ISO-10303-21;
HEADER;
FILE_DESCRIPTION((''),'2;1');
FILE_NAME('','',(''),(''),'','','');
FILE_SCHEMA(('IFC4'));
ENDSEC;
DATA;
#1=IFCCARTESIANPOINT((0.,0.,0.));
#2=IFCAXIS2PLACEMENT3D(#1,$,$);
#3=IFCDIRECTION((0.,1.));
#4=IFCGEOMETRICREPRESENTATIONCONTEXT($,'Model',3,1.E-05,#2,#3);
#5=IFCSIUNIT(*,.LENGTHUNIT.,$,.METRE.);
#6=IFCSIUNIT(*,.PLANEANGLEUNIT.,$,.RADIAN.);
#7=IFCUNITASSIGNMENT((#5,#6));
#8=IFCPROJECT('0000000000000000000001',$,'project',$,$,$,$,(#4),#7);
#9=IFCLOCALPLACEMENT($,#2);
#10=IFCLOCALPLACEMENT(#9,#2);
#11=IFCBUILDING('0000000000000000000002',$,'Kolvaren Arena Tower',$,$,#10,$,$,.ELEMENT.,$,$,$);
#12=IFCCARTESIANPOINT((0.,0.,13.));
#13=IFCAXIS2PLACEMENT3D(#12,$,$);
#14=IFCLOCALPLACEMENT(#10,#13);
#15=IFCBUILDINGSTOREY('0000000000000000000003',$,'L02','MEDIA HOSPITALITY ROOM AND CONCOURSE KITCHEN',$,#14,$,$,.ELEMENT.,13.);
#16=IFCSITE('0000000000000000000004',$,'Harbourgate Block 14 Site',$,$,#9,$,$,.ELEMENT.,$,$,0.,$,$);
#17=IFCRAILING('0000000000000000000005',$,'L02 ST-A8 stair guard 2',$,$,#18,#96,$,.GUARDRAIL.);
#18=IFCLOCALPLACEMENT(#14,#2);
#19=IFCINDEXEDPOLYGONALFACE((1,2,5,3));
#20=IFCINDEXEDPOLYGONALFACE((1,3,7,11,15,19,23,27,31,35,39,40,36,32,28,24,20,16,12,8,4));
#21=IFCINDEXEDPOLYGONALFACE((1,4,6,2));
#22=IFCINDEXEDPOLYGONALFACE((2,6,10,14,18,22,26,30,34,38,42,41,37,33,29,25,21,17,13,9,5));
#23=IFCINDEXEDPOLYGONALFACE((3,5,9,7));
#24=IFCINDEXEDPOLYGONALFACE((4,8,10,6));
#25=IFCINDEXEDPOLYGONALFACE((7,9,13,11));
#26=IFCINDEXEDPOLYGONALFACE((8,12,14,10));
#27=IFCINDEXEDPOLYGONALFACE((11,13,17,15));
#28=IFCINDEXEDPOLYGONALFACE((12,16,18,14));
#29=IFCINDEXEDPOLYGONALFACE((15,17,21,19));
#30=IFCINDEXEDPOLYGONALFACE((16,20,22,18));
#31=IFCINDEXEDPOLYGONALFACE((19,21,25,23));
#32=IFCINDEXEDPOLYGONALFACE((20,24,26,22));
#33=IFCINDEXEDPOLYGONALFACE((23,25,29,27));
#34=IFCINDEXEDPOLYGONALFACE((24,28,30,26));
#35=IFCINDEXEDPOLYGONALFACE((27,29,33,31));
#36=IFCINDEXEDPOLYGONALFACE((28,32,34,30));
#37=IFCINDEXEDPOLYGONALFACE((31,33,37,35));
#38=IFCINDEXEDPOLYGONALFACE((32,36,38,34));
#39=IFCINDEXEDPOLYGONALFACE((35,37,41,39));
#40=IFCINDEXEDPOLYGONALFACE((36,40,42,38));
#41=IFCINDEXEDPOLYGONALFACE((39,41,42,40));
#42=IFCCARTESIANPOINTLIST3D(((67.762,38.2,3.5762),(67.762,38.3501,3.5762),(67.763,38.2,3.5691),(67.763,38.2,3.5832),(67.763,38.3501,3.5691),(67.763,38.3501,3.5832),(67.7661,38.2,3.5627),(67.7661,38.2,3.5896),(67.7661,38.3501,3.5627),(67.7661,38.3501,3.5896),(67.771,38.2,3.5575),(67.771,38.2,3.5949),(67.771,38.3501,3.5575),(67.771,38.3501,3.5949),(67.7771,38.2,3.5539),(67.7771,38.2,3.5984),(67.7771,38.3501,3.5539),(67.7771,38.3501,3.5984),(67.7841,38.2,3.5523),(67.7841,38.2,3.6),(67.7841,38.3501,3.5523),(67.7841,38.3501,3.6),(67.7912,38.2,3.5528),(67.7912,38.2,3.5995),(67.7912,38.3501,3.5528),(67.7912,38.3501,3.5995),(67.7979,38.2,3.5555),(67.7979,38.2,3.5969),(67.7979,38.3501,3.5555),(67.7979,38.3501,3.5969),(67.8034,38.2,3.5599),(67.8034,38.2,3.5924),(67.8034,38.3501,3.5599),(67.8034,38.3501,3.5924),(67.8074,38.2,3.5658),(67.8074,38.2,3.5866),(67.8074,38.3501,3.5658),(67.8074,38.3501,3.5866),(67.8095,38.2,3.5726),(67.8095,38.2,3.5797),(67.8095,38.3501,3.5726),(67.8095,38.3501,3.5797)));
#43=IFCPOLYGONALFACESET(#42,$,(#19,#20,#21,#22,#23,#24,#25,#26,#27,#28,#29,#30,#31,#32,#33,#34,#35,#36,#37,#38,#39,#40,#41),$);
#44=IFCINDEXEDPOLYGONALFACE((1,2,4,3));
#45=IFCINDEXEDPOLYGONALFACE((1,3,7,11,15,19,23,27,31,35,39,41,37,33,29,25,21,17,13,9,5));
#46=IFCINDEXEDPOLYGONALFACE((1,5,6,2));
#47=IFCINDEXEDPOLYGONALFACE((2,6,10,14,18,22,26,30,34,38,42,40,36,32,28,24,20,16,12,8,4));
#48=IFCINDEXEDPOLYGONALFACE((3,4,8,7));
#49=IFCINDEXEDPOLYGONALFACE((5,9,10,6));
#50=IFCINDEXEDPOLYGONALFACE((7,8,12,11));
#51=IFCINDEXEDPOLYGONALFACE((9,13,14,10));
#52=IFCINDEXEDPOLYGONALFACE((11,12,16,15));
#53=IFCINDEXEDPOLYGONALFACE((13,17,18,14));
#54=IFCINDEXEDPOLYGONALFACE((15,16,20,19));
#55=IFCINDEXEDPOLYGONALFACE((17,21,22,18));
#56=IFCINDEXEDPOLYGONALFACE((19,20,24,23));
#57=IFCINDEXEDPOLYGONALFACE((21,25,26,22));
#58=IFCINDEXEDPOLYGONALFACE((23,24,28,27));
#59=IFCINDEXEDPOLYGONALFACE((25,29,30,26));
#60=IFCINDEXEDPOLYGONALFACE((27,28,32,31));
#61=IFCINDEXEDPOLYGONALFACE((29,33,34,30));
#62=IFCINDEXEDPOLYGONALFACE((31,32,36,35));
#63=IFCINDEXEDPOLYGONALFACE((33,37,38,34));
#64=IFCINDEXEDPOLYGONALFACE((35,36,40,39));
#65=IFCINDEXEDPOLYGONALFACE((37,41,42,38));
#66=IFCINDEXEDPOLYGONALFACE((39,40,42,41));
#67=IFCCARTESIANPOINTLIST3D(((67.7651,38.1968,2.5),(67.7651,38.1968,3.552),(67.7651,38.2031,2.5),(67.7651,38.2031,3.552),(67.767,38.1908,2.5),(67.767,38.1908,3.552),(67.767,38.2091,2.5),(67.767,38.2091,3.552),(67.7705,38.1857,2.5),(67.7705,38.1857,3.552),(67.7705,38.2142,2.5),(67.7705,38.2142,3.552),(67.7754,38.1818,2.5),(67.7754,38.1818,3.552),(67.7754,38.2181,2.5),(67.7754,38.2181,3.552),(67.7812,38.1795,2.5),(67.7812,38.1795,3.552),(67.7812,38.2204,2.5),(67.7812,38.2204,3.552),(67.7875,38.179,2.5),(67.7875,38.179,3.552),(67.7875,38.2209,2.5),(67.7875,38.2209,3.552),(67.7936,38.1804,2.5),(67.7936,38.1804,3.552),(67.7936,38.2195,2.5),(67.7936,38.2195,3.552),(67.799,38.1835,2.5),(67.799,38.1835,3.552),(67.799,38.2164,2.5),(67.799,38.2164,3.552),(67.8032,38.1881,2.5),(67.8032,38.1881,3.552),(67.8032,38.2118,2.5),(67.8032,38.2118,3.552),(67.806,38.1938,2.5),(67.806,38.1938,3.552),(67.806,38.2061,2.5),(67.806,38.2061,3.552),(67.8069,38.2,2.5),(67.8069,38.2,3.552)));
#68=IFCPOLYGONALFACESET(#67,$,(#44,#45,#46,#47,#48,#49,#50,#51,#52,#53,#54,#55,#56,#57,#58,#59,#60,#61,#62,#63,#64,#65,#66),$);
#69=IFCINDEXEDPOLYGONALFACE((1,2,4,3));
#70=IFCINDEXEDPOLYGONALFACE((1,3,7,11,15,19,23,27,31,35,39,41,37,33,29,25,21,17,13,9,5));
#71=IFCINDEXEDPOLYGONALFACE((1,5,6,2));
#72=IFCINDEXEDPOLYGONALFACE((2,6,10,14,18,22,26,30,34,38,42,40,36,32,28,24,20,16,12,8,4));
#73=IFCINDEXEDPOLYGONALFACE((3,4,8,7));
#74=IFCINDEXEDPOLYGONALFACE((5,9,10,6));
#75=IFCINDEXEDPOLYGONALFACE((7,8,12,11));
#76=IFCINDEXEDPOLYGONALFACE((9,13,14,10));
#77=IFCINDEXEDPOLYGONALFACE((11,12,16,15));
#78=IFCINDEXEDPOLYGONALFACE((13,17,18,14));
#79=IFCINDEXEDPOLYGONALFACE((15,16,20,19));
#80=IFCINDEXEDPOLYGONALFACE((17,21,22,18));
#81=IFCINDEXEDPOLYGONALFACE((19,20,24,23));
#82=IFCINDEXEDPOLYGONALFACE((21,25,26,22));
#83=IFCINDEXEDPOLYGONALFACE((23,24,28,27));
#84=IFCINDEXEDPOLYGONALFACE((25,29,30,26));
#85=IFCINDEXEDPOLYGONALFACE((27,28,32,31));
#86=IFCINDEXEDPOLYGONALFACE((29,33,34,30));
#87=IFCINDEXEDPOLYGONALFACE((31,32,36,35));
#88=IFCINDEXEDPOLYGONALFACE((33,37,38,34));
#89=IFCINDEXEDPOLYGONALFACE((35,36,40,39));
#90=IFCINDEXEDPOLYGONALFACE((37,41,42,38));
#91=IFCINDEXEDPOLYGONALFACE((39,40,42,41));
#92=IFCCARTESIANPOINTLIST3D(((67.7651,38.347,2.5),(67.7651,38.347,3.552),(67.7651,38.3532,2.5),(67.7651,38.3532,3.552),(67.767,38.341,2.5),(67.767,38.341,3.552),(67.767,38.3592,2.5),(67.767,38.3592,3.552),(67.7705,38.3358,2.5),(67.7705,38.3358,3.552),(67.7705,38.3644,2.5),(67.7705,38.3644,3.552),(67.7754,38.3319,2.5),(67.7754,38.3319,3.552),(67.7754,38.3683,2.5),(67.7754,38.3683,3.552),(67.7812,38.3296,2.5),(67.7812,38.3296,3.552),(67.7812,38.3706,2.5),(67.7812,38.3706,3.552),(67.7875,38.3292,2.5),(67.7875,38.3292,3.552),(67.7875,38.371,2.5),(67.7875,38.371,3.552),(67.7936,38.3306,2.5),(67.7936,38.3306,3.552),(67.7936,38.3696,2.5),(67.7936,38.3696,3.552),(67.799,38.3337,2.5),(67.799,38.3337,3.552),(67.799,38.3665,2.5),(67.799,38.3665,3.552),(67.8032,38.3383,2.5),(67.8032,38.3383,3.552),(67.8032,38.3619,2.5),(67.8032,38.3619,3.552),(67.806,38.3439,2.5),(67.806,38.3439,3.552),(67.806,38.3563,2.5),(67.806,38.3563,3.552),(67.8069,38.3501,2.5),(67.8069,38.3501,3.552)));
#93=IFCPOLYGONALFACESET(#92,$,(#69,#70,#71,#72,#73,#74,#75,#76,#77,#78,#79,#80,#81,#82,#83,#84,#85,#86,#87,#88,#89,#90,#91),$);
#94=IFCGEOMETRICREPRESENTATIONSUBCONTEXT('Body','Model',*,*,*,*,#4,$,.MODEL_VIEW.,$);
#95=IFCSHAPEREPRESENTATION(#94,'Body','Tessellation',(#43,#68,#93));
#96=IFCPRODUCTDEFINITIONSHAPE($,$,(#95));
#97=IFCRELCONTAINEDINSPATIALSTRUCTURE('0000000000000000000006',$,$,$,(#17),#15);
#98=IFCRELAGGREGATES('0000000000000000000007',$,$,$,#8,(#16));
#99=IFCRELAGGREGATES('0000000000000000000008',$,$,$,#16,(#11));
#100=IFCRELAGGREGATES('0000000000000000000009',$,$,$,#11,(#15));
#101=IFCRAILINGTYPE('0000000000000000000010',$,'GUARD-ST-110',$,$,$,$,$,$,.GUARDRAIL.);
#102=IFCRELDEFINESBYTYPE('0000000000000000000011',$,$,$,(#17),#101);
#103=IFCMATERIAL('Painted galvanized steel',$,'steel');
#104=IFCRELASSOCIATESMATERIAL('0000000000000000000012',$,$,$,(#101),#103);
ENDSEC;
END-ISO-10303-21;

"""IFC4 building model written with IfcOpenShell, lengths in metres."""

from ifc_helpers import new_model, si_unit, direction, frame, origin, origin_2d, place, context, subcontext, project, spatial, circle, extrude, material, type_object, element, save


model = new_model("IFC4")

# Units and contexts
model_context = context("Model", 3, precision=1e-05, world=origin(), true_north=direction((0.0, 1.0)))
body_context = subcontext(model_context, "Body", "Model", "MODEL_VIEW")
ifc_project = project(units=[si_unit("LENGTHUNIT", "METRE"), si_unit("PLANEANGLEUNIT", "RADIAN")], contexts=[model_context])

# Site, building, storey
site_placement = place(None, origin())
site = spatial("IfcSite", under=ifc_project, at=site_placement, Name="Harbourgate Block 14 Site", CompositionType="ELEMENT", RefElevation=0.0)
building_placement = place(site_placement, origin())
building = spatial("IfcBuilding", under=site, at=building_placement, Name="Kolvaren Arena Tower", CompositionType="ELEMENT")
storey_placement = place(building_placement, frame((0.0, 0.0, 13.0)))
storey = spatial("IfcBuildingStorey", under=building, at=storey_placement, Name="L02", Description="MEDIA HOSPITALITY ROOM AND CONCOURSE KITCHEN", CompositionType="ELEMENT", Elevation=13.0)

# Railing
ifc_material_1 = material(Name="Painted galvanized steel", Category="steel")
railing_type_1 = type_object("IfcRailingType", Name="GUARD-ST-110", PredefinedType="GUARDRAIL", material=ifc_material_1)
railing_1_placement = place(storey_placement, frame((67.7859, 38.2, 2.5)))
element("IfcRailing", 1, at=railing_1_placement, inside=storey, type_object=railing_type_1, Name="L02 ST-A8 stair guard 2", PredefinedType="GUARDRAIL", context=body_context, shape_type="SweptSolid", body=[
    extrude(circle(Radius=0.0239, at=origin_2d()), frame((0.0, 0.0, 1.0762), z_axis=(0.0, 1.0, 0.0), x_axis=(-1.0, 0.0, 0.0)), (0.0, 0.0, 1.0), 0.1501),
    extrude(circle(Radius=0.021, at=origin_2d()), origin(), (0.0, 0.0, 1.0), 1.052),
    extrude(circle(Radius=0.021, at=origin_2d()), frame((0.0, 0.1501, 0.0)), (0.0, 0.0, 1.0), 1.052),
])

save(model, "model.ifc")
